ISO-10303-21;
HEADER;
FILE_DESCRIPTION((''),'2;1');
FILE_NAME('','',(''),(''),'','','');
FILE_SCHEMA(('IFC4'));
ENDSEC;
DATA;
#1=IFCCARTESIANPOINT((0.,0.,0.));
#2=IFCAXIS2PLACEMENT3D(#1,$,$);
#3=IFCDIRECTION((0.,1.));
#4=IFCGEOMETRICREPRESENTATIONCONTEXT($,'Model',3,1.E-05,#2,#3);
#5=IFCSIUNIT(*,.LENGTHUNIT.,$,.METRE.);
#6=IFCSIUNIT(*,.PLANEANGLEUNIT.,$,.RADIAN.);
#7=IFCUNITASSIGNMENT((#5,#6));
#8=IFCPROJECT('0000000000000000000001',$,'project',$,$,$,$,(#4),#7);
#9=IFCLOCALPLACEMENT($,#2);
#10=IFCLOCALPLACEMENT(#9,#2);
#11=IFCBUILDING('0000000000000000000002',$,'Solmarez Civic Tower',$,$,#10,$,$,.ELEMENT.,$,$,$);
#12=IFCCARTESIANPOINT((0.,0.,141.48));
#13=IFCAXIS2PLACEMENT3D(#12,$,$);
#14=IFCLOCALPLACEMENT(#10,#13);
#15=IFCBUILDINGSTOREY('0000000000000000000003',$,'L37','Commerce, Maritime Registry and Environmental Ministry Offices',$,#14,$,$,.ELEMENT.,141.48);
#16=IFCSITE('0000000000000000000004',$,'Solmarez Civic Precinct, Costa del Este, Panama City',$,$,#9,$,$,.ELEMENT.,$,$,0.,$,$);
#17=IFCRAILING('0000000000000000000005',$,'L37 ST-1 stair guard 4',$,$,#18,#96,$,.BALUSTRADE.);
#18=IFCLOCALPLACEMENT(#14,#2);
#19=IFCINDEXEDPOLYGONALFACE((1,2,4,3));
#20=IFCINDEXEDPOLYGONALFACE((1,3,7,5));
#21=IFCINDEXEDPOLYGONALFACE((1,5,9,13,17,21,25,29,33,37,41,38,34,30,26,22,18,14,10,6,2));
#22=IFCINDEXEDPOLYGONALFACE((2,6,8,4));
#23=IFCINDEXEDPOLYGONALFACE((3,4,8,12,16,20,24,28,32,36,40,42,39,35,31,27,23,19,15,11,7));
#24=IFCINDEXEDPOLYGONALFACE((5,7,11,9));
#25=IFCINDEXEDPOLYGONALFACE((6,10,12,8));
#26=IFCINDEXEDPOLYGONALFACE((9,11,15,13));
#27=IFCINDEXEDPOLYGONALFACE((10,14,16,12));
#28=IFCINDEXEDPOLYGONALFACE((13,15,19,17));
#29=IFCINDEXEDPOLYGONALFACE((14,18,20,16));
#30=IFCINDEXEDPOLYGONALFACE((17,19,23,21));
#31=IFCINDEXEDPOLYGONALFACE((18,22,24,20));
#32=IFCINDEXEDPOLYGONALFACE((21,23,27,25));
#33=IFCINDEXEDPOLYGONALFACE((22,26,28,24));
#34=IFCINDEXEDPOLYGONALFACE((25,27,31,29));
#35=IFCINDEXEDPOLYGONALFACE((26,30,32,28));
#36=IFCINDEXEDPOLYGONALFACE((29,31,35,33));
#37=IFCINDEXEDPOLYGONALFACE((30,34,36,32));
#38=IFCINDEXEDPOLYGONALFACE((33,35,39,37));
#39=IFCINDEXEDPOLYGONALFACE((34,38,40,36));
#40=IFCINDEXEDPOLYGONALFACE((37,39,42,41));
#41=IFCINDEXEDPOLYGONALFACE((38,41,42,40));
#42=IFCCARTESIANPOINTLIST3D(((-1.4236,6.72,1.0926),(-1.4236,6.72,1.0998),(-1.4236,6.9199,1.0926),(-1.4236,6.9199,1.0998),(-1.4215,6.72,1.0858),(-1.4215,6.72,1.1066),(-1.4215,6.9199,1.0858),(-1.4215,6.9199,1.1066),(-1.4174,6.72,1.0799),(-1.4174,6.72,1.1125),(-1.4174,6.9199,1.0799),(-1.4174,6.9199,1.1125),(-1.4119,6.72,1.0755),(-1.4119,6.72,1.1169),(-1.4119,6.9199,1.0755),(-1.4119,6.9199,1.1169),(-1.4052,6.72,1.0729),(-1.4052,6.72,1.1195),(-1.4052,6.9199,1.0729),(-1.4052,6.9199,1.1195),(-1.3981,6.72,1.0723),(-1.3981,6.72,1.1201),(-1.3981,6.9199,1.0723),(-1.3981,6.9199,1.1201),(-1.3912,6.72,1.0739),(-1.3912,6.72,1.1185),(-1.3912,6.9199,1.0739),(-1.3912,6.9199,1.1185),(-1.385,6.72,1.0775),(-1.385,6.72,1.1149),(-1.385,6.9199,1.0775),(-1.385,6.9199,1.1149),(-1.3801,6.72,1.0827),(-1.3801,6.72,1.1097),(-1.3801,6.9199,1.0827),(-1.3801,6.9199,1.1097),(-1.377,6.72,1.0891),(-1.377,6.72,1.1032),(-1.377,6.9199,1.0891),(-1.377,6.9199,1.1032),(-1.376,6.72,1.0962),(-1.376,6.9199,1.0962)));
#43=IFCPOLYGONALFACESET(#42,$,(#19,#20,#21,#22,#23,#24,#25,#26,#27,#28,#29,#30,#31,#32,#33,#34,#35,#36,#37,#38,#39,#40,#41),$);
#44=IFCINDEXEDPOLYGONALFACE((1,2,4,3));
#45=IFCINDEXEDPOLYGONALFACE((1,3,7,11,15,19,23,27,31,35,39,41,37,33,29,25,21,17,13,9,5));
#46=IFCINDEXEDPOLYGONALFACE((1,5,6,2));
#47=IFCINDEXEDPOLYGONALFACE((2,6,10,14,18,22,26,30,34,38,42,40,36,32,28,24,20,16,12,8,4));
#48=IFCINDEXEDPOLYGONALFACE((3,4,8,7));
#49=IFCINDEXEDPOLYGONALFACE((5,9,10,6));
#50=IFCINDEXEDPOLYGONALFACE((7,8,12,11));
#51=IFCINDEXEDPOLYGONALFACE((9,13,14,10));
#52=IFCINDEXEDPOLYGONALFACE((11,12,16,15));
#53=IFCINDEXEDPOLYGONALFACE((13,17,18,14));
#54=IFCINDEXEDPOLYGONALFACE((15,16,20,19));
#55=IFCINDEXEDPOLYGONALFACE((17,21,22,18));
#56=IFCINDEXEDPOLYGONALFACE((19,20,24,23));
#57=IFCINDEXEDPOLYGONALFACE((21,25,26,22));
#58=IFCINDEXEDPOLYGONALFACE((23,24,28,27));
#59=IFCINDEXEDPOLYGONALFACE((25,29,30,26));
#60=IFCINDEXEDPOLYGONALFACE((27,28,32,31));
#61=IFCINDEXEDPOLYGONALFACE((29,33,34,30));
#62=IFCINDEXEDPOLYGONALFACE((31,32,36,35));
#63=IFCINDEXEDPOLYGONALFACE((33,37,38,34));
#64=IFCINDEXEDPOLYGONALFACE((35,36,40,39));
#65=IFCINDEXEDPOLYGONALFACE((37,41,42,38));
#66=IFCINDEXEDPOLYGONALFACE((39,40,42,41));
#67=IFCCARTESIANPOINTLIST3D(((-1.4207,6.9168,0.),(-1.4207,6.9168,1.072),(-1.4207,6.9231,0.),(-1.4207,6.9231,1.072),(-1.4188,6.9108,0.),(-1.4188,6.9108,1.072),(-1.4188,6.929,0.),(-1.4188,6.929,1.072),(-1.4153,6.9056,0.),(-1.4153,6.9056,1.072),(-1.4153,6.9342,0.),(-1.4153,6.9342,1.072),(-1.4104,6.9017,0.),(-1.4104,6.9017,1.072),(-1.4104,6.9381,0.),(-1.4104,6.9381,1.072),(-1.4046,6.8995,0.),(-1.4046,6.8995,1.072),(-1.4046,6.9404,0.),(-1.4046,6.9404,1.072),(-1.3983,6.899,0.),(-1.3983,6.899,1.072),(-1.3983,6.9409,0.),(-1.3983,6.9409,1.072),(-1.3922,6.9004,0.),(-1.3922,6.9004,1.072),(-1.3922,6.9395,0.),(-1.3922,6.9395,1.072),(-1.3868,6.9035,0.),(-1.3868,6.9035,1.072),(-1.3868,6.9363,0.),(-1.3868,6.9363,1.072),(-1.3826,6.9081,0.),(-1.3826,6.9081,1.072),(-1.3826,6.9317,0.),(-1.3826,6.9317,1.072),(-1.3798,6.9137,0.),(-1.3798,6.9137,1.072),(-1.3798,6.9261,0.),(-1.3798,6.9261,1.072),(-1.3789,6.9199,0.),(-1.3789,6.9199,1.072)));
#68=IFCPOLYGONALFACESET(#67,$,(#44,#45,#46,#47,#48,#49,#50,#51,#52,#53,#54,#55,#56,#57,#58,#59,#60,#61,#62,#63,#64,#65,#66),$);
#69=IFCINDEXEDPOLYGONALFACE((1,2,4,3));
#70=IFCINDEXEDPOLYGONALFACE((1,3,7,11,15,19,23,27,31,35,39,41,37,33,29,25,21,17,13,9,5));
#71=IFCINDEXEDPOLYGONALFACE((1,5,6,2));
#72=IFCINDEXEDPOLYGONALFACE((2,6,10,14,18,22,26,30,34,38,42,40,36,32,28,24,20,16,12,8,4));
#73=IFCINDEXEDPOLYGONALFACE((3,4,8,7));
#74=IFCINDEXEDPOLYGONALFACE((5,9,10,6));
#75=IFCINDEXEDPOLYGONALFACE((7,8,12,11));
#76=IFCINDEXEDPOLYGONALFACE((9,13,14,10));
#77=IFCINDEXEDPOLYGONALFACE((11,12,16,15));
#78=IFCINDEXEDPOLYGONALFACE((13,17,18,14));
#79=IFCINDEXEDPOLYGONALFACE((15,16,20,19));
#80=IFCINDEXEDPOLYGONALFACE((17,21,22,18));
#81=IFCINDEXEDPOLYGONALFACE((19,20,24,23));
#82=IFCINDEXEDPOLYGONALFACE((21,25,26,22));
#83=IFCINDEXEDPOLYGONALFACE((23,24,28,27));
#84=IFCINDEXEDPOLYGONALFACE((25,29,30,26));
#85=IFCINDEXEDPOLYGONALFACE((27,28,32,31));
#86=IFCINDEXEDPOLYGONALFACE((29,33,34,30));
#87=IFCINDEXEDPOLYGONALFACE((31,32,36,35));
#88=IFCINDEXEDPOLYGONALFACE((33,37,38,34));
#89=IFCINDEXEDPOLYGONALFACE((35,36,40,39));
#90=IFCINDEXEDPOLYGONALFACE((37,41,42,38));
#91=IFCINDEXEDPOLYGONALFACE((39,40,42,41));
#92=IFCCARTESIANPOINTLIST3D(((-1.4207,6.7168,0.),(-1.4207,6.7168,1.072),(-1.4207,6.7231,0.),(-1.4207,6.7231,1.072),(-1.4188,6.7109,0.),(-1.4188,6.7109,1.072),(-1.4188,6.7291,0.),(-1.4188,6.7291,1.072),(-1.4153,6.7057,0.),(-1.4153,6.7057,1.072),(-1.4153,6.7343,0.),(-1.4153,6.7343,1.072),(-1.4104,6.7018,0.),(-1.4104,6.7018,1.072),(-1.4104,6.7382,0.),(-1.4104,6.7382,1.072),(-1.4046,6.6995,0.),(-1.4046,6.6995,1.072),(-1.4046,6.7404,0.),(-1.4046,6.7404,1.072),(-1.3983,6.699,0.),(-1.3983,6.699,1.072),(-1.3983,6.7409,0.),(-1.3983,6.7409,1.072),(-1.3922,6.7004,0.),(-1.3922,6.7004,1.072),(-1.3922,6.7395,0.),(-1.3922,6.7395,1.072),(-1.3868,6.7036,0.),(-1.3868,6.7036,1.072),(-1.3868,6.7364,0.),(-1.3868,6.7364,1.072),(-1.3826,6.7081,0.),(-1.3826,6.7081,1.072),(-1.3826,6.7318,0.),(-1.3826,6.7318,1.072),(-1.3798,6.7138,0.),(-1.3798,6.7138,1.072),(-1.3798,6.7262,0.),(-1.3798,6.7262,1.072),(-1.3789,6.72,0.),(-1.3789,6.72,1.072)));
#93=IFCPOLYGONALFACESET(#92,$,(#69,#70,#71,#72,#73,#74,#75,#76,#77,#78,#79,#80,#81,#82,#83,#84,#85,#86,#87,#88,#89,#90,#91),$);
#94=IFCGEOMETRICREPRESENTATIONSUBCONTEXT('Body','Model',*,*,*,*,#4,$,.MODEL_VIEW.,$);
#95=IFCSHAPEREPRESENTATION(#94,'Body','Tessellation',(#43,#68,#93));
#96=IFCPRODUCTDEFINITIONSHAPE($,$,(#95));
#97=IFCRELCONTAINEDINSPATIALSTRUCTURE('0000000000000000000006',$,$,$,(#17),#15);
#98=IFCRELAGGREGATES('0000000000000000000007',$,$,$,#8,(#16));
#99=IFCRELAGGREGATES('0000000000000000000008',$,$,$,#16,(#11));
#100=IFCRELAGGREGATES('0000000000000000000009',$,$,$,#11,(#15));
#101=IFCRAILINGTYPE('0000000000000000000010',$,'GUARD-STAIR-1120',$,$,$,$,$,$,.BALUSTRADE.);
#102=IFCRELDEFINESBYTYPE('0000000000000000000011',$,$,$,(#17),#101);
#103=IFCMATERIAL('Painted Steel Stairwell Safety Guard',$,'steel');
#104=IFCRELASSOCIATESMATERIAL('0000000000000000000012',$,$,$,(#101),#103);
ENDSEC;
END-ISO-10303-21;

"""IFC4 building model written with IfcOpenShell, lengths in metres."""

from ifc_helpers import new_model, si_unit, direction, frame, origin, origin_2d, place, context, subcontext, project, spatial, circle, extrude, material, type_object, element, save


model = new_model("IFC4")

# Units and contexts
model_context = context("Model", 3, precision=1e-05, world=origin(), true_north=direction((0.0, 1.0)))
body_context = subcontext(model_context, "Body", "Model", "MODEL_VIEW")
ifc_project = project(units=[si_unit("LENGTHUNIT", "METRE"), si_unit("PLANEANGLEUNIT", "RADIAN")], contexts=[model_context])

# Site, building, storey
site_placement = place(None, origin())
site = spatial("IfcSite", under=ifc_project, at=site_placement, Name="Solmarez Civic Precinct, Costa del Este, Panama City", CompositionType="ELEMENT", RefElevation=0.0)
building_placement = place(site_placement, origin())
building = spatial("IfcBuilding", under=site, at=building_placement, Name="Solmarez Civic Tower", CompositionType="ELEMENT")
storey_placement = place(building_placement, frame((0.0, 0.0, 141.48)))
storey = spatial("IfcBuildingStorey", under=building, at=storey_placement, Name="L37", Description="Commerce, Maritime Registry and Environmental Ministry Offices", CompositionType="ELEMENT", Elevation=141.48)

# Railing
ifc_material_1 = material(Name="Painted Steel Stairwell Safety Guard", Category="steel")
railing_type_1 = type_object("IfcRailingType", Name="GUARD-STAIR-1120", PredefinedType="BALUSTRADE", material=ifc_material_1)
railing_1_placement = place(storey_placement, frame((-1.3999, 6.9199, 0.0)))
element("IfcRailing", 1, at=railing_1_placement, inside=storey, type_object=railing_type_1, Name="L37 ST-1 stair guard 4", PredefinedType="BALUSTRADE", context=body_context, shape_type="SweptSolid", body=[
    extrude(circle(Radius=0.0239, at=origin_2d()), frame((0.0, 0.0, 1.0962), z_axis=(0.0, -1.0, 0.0), x_axis=(1.0, 0.0, 0.0)), (0.0, 0.0, 1.0), 0.2),
    extrude(circle(Radius=0.021, at=origin_2d()), origin(), (0.0, 0.0, 1.0), 1.072),
    extrude(circle(Radius=0.021, at=origin_2d()), frame((0.0, -0.2, 0.0)), (0.0, 0.0, 1.0), 1.072),
])

save(model, "model.ifc")
